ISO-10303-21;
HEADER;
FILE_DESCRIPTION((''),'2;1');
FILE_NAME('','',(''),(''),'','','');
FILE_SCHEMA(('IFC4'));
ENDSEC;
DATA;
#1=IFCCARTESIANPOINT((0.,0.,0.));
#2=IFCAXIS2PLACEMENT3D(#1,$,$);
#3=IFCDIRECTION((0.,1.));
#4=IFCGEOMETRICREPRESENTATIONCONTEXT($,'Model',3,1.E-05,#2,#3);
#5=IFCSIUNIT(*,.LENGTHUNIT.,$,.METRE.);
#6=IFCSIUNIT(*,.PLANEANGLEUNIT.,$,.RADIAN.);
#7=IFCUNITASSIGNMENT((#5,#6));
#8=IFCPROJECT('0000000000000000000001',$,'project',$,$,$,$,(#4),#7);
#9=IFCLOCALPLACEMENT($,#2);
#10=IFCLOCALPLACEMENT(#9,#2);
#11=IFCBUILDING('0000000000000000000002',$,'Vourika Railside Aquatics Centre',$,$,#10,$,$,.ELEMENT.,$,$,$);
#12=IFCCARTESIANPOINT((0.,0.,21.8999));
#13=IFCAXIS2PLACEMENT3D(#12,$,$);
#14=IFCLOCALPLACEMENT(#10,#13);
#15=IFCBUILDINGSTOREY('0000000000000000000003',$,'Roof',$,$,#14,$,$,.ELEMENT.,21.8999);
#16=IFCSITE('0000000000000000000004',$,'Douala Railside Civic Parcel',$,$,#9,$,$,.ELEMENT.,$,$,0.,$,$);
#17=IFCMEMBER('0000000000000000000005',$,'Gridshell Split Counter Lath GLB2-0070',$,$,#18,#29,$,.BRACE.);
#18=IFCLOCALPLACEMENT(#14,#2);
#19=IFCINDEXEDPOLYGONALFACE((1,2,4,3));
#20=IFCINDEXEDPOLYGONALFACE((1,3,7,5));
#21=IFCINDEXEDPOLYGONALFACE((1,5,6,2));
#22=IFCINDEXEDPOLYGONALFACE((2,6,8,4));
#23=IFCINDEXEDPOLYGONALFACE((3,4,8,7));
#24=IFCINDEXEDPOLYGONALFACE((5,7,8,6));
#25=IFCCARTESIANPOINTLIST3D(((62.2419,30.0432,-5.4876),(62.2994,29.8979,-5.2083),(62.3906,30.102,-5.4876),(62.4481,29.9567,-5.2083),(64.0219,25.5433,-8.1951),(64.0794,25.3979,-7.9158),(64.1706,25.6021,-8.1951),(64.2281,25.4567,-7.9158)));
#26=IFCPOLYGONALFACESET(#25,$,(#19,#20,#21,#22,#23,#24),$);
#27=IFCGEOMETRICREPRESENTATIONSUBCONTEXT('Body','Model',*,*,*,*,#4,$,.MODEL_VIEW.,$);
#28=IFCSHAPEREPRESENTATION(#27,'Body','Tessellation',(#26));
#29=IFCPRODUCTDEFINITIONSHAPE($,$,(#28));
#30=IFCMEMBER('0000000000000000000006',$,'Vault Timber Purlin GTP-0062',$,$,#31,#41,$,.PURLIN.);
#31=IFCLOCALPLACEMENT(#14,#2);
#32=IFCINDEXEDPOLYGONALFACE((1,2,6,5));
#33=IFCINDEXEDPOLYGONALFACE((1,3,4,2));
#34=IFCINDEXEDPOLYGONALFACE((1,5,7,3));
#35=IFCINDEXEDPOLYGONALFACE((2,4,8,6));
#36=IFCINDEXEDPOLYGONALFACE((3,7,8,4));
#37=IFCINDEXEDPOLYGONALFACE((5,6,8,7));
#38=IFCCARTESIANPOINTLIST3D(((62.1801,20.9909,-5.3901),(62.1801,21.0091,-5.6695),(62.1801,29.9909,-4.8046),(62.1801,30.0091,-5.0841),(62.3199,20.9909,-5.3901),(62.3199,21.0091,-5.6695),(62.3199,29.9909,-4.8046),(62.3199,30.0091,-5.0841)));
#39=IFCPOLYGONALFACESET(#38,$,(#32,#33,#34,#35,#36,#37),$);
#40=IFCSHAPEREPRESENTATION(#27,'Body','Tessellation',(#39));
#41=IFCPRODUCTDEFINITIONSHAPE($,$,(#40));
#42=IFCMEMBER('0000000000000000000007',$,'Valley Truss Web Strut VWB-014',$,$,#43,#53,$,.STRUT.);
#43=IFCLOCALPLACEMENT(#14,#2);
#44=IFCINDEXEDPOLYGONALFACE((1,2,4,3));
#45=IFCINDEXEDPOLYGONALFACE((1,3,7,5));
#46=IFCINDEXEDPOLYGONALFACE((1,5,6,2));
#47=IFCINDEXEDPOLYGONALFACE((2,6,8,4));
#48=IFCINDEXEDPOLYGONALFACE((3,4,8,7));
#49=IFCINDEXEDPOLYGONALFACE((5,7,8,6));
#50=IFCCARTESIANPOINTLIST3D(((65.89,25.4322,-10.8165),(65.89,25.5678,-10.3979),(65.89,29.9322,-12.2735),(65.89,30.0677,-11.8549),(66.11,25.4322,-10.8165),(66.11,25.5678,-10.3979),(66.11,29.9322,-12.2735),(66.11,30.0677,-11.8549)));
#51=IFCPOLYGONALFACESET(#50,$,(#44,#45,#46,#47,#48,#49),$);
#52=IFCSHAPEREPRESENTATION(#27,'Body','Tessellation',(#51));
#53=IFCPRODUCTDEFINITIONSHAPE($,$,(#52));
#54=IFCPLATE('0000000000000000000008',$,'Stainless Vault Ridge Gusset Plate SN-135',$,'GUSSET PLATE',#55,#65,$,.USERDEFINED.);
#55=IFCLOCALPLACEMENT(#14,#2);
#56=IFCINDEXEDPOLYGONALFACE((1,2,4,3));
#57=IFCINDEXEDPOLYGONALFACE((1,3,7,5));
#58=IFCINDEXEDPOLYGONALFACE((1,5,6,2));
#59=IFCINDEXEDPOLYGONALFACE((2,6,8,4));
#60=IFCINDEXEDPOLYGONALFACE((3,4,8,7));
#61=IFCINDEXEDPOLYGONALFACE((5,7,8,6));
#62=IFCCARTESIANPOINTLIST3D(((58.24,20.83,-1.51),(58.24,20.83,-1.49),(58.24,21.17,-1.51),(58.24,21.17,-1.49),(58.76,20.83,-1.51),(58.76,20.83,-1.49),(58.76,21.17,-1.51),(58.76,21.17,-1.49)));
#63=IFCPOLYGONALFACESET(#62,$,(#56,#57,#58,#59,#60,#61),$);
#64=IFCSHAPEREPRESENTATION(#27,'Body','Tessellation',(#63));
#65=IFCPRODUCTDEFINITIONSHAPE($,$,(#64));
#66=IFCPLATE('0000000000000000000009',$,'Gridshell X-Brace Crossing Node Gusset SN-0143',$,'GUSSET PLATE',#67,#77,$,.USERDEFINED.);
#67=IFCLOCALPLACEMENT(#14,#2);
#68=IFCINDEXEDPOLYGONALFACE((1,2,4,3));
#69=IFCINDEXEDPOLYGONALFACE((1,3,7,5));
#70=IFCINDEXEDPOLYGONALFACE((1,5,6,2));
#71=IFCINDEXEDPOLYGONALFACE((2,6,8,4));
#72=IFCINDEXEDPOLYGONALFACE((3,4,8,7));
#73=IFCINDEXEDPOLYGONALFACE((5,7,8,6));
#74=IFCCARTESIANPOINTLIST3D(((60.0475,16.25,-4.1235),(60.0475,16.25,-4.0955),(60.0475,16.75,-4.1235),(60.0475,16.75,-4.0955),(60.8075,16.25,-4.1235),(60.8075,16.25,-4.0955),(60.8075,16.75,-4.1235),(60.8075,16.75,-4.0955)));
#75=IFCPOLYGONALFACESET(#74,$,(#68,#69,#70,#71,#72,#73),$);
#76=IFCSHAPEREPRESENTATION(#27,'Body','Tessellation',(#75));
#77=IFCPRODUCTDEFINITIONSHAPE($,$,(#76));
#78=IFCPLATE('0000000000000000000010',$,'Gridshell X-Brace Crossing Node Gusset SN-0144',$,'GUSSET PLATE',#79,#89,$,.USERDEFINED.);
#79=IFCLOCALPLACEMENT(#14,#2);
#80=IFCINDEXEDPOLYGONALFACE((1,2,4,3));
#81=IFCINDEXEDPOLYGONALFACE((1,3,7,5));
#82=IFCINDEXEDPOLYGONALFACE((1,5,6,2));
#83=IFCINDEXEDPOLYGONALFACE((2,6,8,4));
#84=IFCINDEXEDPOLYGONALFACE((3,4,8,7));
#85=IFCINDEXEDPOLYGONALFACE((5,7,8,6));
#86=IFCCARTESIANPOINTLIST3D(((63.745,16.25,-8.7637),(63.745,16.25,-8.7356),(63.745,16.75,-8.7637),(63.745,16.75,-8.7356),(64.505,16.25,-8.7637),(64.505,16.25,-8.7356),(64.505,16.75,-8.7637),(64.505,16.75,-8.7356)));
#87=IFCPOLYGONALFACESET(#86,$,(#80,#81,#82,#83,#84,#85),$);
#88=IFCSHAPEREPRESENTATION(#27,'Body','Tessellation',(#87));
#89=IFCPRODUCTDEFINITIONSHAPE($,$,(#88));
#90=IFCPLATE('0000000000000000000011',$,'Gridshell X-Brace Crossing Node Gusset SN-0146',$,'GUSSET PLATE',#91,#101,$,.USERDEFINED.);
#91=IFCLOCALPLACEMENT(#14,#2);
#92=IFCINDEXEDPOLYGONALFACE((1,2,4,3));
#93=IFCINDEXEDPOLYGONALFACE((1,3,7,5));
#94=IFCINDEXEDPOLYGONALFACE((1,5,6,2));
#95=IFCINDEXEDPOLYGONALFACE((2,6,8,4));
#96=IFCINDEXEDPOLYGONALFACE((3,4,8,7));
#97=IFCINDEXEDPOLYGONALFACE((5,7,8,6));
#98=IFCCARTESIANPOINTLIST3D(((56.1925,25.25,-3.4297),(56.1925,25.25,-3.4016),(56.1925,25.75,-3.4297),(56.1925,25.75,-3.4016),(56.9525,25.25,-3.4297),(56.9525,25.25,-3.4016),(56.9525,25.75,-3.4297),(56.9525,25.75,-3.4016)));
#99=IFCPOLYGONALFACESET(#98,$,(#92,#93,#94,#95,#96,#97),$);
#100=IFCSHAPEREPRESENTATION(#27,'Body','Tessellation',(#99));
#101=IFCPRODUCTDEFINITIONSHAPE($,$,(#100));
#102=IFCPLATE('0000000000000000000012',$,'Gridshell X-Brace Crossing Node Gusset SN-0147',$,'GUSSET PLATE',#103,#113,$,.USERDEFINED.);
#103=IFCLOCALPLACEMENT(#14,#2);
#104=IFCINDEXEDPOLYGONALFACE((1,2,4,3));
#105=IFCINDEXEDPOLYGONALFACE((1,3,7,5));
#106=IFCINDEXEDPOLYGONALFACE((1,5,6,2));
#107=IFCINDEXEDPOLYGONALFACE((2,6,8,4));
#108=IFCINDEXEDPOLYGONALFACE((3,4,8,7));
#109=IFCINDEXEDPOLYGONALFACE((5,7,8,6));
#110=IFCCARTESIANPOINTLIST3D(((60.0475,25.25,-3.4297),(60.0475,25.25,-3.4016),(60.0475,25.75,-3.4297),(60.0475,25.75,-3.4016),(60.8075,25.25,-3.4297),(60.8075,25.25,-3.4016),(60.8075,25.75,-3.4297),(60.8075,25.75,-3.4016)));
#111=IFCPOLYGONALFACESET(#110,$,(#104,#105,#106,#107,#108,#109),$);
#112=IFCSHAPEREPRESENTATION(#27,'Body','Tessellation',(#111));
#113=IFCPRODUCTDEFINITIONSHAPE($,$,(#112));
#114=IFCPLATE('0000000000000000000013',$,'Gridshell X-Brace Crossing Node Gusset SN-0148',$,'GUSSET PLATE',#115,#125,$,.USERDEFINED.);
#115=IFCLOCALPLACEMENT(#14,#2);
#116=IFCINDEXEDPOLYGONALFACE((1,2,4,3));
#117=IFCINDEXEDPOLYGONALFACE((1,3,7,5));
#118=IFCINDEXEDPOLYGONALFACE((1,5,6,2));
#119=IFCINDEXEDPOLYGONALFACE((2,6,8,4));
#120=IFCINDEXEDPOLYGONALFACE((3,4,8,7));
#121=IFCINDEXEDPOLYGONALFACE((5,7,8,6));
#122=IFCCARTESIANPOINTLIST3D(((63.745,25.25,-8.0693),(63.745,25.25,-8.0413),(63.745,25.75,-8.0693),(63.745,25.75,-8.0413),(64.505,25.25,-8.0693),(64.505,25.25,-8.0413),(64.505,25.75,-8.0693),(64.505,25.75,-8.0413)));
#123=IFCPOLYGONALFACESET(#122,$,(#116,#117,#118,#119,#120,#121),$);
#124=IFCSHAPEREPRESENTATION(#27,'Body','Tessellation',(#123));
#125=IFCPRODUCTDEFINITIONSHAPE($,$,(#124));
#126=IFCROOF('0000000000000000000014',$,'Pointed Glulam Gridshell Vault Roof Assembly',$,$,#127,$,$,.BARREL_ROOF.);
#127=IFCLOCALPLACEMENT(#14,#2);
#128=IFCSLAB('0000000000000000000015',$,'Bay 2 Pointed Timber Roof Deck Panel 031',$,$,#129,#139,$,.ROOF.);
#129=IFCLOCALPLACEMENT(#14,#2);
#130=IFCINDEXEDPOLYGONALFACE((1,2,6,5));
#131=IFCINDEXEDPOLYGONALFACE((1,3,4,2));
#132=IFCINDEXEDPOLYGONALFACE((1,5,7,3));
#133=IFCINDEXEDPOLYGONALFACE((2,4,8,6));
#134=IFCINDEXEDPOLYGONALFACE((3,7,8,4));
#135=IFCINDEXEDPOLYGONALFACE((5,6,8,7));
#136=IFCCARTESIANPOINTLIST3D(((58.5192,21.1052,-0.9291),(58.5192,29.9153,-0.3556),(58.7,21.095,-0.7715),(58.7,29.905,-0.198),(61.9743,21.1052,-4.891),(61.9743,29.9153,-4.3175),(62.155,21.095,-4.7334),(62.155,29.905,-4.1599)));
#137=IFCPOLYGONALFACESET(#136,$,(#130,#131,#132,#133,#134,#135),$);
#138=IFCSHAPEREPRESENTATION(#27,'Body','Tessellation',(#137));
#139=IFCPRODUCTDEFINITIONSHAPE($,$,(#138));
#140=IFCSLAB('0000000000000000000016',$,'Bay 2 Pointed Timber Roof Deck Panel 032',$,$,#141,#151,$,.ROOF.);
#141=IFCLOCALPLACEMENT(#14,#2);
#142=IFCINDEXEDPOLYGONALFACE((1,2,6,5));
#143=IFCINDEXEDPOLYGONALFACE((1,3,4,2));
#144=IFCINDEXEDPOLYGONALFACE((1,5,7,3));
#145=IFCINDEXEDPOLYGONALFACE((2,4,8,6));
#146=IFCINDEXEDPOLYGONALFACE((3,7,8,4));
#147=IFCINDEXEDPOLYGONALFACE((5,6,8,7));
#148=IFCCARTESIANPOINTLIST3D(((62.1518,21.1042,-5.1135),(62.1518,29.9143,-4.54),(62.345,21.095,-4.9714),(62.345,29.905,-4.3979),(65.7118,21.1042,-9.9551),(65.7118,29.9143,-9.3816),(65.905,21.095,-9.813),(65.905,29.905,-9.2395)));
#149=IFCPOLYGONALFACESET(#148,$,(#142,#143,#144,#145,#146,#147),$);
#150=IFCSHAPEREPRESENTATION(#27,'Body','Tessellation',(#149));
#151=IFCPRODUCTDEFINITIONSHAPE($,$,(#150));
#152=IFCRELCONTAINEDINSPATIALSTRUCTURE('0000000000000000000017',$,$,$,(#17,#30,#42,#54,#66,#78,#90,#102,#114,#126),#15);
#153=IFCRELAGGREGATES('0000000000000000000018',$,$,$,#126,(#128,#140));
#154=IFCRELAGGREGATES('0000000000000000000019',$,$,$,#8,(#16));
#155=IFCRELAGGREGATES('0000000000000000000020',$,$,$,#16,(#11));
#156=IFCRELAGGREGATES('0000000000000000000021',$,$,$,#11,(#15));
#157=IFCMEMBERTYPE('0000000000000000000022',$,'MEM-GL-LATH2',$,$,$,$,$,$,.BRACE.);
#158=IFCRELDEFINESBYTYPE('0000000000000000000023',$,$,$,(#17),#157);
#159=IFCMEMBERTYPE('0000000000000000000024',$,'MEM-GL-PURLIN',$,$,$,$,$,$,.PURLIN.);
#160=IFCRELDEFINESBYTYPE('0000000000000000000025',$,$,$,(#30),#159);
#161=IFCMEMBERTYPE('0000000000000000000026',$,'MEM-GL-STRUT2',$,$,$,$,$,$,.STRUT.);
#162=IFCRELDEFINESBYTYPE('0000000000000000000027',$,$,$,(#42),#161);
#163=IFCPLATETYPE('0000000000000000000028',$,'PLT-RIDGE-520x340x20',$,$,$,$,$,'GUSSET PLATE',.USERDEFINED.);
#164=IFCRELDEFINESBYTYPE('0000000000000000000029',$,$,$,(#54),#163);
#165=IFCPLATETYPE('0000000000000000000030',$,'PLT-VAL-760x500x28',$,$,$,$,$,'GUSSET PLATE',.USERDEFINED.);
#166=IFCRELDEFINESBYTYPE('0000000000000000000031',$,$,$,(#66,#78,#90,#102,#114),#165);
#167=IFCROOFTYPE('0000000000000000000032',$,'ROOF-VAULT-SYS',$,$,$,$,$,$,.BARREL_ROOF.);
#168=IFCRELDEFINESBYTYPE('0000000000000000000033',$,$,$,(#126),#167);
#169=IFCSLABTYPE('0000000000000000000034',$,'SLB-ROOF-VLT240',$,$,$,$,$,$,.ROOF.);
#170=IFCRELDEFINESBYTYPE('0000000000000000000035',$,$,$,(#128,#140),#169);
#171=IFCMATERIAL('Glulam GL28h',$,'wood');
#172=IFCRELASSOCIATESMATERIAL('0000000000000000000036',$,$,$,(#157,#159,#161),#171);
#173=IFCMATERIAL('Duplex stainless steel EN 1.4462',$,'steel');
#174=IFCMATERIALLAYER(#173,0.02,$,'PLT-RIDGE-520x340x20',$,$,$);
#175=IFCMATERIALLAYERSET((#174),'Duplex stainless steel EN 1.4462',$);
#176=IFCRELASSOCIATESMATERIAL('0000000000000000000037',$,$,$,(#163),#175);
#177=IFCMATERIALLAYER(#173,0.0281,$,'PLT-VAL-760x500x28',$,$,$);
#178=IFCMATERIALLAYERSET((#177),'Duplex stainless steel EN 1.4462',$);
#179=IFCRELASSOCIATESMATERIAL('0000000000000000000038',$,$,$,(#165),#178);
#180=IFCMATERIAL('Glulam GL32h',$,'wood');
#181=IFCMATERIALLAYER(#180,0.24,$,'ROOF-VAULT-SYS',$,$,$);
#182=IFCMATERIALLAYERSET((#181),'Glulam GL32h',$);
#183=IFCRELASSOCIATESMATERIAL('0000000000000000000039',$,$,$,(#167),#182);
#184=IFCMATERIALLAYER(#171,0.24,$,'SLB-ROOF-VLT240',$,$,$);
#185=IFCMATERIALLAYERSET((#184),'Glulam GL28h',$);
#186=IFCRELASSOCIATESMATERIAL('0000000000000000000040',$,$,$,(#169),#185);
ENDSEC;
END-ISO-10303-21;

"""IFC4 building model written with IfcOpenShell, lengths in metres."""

from ifc_helpers import new_model, si_unit, direction, frame, origin, origin_2d, place, context, subcontext, project, spatial, polyline, rectangle, outline, extrude, material, layer, layer_set, material_profile, profile_set, type_object, element, aggregate, save


model = new_model("IFC4")

# Units and contexts
model_context = context("Model", 3, precision=1e-05, world=origin(), true_north=direction((0.0, 1.0)))
body_context = subcontext(model_context, "Body", "Model", "MODEL_VIEW")
ifc_project = project(units=[si_unit("LENGTHUNIT", "METRE"), si_unit("PLANEANGLEUNIT", "RADIAN")], contexts=[model_context])

# Site, building, storey
site_placement = place(None, origin())
site = spatial("IfcSite", under=ifc_project, at=site_placement, Name="Douala Railside Civic Parcel", CompositionType="ELEMENT", RefElevation=0.0)
building_placement = place(site_placement, origin())
building = spatial("IfcBuilding", under=site, at=building_placement, Name="Vourika Railside Aquatics Centre", CompositionType="ELEMENT")
storey_placement = place(building_placement, frame((0.0, 0.0, 21.8999)))
storey = spatial("IfcBuildingStorey", under=building, at=storey_placement, Name="Roof", CompositionType="ELEMENT", Elevation=21.8999)

# Shared definitions
ifc_material_1 = material(Name="Glulam GL32h", Category="wood")

# Members
ifc_material_2 = material(Name="Glulam GL28h", Category="wood")
ifc_material_profile_1 = material_profile(ifc_material_2, rectangle(XDim=0.1599, YDim=0.3201, at=origin_2d()), Name="GL28h 160x320")
ifc_profile_set_1 = profile_set([ifc_material_profile_1], Name="Glulam GL28h")
member_type_1 = type_object("IfcMemberType", Name="MEM-GL-LATH2", PredefinedType="BRACE", material=ifc_profile_set_1)
member_1_placement = place(storey_placement, frame((64.125, 25.5, -8.0554), z_axis=(-0.321004, 0.811514, 0.488264), x_axis=(-0.929893, -0.36783, 0.0)))
element("IfcMember", 1, at=member_1_placement, inside=storey, type_object=member_type_1, Name="Gridshell Split Counter Lath GLB2-0070", PredefinedType="BRACE", context=body_context, shape_type="SweptSolid", body=[
    extrude(rectangle(XDim=0.1599, YDim=0.3201, at=origin_2d()), origin(), (0.0, 0.0, 1.0), 5.5452),
])
ifc_material_profile_2 = material_profile(ifc_material_2, rectangle(XDim=0.1399, YDim=0.28, at=origin_2d()), Name="GL28h 140x280")
ifc_profile_set_2 = profile_set([ifc_material_profile_2], Name="Glulam GL28h")
member_type_2 = type_object("IfcMemberType", Name="MEM-GL-PURLIN", PredefinedType="PURLIN", material=ifc_profile_set_2)
member_2_placement = place(storey_placement, frame((62.25, 21.0, -5.5298), z_axis=(0.0, 0.997891, 0.064913), x_axis=(-1.0, 0.0, 0.0)))
element("IfcMember", 2, at=member_2_placement, inside=storey, type_object=member_type_2, Name="Vault Timber Purlin GTP-0062", PredefinedType="PURLIN", context=body_context, shape_type="SweptSolid", body=[
    extrude(rectangle(XDim=0.1399, YDim=0.28, at=origin_2d()), origin(), (0.0, 0.0, 1.0), 9.019),
])
ifc_material_profile_3 = material_profile(ifc_material_2, rectangle(XDim=0.22, YDim=0.4399, at=origin_2d()), Name="GL28h 220x440")
ifc_profile_set_3 = profile_set([ifc_material_profile_3], Name="Glulam GL28h")
member_type_3 = type_object("IfcMemberType", Name="MEM-GL-STRUT2", PredefinedType="STRUT", material=ifc_profile_set_3)
member_3_placement = place(storey_placement, frame((66.0, 25.5, -10.6072), z_axis=(0.0, 0.951373, -0.30804), x_axis=(-1.0, 0.0, 0.0)))
element("IfcMember", 3, at=member_3_placement, inside=storey, type_object=member_type_3, Name="Valley Truss Web Strut VWB-014", PredefinedType="STRUT", context=body_context, shape_type="SweptSolid", body=[
    extrude(rectangle(XDim=0.22, YDim=0.4399, at=origin_2d()), origin(), (0.0, 0.0, 1.0), 4.73),
])

# Plates
ifc_material_3 = material(Name="Duplex stainless steel EN 1.4462", Category="steel")
ifc_layer_1 = layer(ifc_material_3, 0.02, Name="PLT-RIDGE-520x340x20")
ifc_layer_set_1 = layer_set([ifc_layer_1], Name="Duplex stainless steel EN 1.4462")
plate_type_1 = type_object("IfcPlateType", Name="PLT-RIDGE-520x340x20", ElementType="GUSSET PLATE", PredefinedType="USERDEFINED", material=ifc_layer_set_1)
plate_placement = place(storey_placement, frame((58.5, 21.0, -1.51), z_axis=(0.0, 0.0, 1.0), x_axis=(1.0, 0.0, 0.0)))
element("IfcPlate", 4, at=plate_placement, inside=storey, type_object=plate_type_1, Name="Stainless Vault Ridge Gusset Plate SN-135", ObjectType="GUSSET PLATE", PredefinedType="USERDEFINED", context=body_context, shape_type="SweptSolid", body=[
    extrude(rectangle(XDim=0.52, YDim=0.3401, at=origin_2d()), origin(), (0.0, 0.0, 1.0), 0.02),
])
ifc_layer_2 = layer(ifc_material_3, 0.0281, Name="PLT-VAL-760x500x28")
ifc_layer_set_2 = layer_set([ifc_layer_2], Name="Duplex stainless steel EN 1.4462")
plate_type_2 = type_object("IfcPlateType", Name="PLT-VAL-760x500x28", ElementType="GUSSET PLATE", PredefinedType="USERDEFINED", material=ifc_layer_set_2)
for number, where, z_axis, x_axis, name in (
    (5, (60.4275, 16.5, -4.1235), (0.0, 0.0, 1.0), (1.0, 0.0, 0.0), "Gridshell X-Brace Crossing Node Gusset SN-0143"),
    (6, (64.125, 16.5, -8.7637), (0.0, 0.0, 1.0), (1.0, 0.0, 0.0), "Gridshell X-Brace Crossing Node Gusset SN-0144"),
    (7, (56.5725, 25.5, -3.4297), (0.0, 0.0, 1.0), (1.0, 0.0, 0.0), "Gridshell X-Brace Crossing Node Gusset SN-0146"),
    (8, (60.4275, 25.5, -3.4297), (0.0, 0.0, 1.0), (1.0, 0.0, 0.0), "Gridshell X-Brace Crossing Node Gusset SN-0147"),
    (9, (64.125, 25.5, -8.0693), (0.0, 0.0, 1.0), (1.0, 0.0, 0.0), "Gridshell X-Brace Crossing Node Gusset SN-0148"),
):
    element("IfcPlate", number, at=place(storey_placement, frame(where, z_axis=z_axis, x_axis=x_axis)), inside=storey, type_object=plate_type_2, Name=name, ObjectType="GUSSET PLATE", PredefinedType="USERDEFINED", context=body_context, shape_type="SweptSolid", body=[
        extrude(rectangle(XDim=0.76, YDim=0.5, at=origin_2d()), origin(), (0.0, 0.0, 1.0), 0.0281),
    ])

# Roof, slabs
ifc_layer_3 = layer(ifc_material_1, 0.24, Name="ROOF-VAULT-SYS")
ifc_layer_set_3 = layer_set([ifc_layer_3], Name="Glulam GL32h")
roof_type = type_object("IfcRoofType", Name="ROOF-VAULT-SYS", PredefinedType="BARREL_ROOF", material=ifc_layer_set_3)
roof_placement = place(storey_placement, origin())
roof = element("IfcRoof", 10, at=roof_placement, inside=storey, type_object=roof_type, Name="Pointed Glulam Gridshell Vault Roof Assembly", PredefinedType="BARREL_ROOF")
ifc_layer_4 = layer(ifc_material_2, 0.24, Name="SLB-ROOF-VLT240")
ifc_layer_set_4 = layer_set([ifc_layer_4], Name="Glulam GL28h")
slab_type = type_object("IfcSlabType", Name="SLB-ROOF-VLT240", PredefinedType="ROOF", material=ifc_layer_set_4)
slab_1_placement = place(storey_placement, frame((58.7, 21.095, -0.7715), z_axis=(0.75298, -0.042745, 0.656654), x_axis=(0.657254, 0.0, -0.753669)))
slab_1 = element("IfcSlab", 11, at=slab_1_placement, type_object=slab_type, Name="Bay 2 Pointed Timber Roof Deck Panel 031", PredefinedType="ROOF", context=body_context, shape_type="SweptSolid", body=[
    extrude(outline(polyline([(0.0, 0.0), (5.2568, 0.0), (4.8246, 8.8181), (-0.4322, 8.8181), (0.0, 0.0)])), origin(), (0.0, 0.0, -1.0), 0.24),
])
slab_2_placement = place(storey_placement, frame((62.345, 21.095, -4.9714), z_axis=(0.805045, -0.038533, 0.591961), x_axis=(0.592401, 0.0, -0.805644)))
slab_2 = element("IfcSlab", 12, at=slab_2_placement, type_object=slab_type, Name="Bay 2 Pointed Timber Roof Deck Panel 032", PredefinedType="ROOF", context=body_context, shape_type="SweptSolid", body=[
    extrude(outline(polyline([(0.0, 0.0), (6.0095, 0.0), (5.5475, 8.8166), (-0.462, 8.8166), (0.0, 0.0)])), origin(), (0.0, 0.0, -1.0), 0.24),
])
aggregate(roof, [slab_1, slab_2])

save(model, "model.ifc")
